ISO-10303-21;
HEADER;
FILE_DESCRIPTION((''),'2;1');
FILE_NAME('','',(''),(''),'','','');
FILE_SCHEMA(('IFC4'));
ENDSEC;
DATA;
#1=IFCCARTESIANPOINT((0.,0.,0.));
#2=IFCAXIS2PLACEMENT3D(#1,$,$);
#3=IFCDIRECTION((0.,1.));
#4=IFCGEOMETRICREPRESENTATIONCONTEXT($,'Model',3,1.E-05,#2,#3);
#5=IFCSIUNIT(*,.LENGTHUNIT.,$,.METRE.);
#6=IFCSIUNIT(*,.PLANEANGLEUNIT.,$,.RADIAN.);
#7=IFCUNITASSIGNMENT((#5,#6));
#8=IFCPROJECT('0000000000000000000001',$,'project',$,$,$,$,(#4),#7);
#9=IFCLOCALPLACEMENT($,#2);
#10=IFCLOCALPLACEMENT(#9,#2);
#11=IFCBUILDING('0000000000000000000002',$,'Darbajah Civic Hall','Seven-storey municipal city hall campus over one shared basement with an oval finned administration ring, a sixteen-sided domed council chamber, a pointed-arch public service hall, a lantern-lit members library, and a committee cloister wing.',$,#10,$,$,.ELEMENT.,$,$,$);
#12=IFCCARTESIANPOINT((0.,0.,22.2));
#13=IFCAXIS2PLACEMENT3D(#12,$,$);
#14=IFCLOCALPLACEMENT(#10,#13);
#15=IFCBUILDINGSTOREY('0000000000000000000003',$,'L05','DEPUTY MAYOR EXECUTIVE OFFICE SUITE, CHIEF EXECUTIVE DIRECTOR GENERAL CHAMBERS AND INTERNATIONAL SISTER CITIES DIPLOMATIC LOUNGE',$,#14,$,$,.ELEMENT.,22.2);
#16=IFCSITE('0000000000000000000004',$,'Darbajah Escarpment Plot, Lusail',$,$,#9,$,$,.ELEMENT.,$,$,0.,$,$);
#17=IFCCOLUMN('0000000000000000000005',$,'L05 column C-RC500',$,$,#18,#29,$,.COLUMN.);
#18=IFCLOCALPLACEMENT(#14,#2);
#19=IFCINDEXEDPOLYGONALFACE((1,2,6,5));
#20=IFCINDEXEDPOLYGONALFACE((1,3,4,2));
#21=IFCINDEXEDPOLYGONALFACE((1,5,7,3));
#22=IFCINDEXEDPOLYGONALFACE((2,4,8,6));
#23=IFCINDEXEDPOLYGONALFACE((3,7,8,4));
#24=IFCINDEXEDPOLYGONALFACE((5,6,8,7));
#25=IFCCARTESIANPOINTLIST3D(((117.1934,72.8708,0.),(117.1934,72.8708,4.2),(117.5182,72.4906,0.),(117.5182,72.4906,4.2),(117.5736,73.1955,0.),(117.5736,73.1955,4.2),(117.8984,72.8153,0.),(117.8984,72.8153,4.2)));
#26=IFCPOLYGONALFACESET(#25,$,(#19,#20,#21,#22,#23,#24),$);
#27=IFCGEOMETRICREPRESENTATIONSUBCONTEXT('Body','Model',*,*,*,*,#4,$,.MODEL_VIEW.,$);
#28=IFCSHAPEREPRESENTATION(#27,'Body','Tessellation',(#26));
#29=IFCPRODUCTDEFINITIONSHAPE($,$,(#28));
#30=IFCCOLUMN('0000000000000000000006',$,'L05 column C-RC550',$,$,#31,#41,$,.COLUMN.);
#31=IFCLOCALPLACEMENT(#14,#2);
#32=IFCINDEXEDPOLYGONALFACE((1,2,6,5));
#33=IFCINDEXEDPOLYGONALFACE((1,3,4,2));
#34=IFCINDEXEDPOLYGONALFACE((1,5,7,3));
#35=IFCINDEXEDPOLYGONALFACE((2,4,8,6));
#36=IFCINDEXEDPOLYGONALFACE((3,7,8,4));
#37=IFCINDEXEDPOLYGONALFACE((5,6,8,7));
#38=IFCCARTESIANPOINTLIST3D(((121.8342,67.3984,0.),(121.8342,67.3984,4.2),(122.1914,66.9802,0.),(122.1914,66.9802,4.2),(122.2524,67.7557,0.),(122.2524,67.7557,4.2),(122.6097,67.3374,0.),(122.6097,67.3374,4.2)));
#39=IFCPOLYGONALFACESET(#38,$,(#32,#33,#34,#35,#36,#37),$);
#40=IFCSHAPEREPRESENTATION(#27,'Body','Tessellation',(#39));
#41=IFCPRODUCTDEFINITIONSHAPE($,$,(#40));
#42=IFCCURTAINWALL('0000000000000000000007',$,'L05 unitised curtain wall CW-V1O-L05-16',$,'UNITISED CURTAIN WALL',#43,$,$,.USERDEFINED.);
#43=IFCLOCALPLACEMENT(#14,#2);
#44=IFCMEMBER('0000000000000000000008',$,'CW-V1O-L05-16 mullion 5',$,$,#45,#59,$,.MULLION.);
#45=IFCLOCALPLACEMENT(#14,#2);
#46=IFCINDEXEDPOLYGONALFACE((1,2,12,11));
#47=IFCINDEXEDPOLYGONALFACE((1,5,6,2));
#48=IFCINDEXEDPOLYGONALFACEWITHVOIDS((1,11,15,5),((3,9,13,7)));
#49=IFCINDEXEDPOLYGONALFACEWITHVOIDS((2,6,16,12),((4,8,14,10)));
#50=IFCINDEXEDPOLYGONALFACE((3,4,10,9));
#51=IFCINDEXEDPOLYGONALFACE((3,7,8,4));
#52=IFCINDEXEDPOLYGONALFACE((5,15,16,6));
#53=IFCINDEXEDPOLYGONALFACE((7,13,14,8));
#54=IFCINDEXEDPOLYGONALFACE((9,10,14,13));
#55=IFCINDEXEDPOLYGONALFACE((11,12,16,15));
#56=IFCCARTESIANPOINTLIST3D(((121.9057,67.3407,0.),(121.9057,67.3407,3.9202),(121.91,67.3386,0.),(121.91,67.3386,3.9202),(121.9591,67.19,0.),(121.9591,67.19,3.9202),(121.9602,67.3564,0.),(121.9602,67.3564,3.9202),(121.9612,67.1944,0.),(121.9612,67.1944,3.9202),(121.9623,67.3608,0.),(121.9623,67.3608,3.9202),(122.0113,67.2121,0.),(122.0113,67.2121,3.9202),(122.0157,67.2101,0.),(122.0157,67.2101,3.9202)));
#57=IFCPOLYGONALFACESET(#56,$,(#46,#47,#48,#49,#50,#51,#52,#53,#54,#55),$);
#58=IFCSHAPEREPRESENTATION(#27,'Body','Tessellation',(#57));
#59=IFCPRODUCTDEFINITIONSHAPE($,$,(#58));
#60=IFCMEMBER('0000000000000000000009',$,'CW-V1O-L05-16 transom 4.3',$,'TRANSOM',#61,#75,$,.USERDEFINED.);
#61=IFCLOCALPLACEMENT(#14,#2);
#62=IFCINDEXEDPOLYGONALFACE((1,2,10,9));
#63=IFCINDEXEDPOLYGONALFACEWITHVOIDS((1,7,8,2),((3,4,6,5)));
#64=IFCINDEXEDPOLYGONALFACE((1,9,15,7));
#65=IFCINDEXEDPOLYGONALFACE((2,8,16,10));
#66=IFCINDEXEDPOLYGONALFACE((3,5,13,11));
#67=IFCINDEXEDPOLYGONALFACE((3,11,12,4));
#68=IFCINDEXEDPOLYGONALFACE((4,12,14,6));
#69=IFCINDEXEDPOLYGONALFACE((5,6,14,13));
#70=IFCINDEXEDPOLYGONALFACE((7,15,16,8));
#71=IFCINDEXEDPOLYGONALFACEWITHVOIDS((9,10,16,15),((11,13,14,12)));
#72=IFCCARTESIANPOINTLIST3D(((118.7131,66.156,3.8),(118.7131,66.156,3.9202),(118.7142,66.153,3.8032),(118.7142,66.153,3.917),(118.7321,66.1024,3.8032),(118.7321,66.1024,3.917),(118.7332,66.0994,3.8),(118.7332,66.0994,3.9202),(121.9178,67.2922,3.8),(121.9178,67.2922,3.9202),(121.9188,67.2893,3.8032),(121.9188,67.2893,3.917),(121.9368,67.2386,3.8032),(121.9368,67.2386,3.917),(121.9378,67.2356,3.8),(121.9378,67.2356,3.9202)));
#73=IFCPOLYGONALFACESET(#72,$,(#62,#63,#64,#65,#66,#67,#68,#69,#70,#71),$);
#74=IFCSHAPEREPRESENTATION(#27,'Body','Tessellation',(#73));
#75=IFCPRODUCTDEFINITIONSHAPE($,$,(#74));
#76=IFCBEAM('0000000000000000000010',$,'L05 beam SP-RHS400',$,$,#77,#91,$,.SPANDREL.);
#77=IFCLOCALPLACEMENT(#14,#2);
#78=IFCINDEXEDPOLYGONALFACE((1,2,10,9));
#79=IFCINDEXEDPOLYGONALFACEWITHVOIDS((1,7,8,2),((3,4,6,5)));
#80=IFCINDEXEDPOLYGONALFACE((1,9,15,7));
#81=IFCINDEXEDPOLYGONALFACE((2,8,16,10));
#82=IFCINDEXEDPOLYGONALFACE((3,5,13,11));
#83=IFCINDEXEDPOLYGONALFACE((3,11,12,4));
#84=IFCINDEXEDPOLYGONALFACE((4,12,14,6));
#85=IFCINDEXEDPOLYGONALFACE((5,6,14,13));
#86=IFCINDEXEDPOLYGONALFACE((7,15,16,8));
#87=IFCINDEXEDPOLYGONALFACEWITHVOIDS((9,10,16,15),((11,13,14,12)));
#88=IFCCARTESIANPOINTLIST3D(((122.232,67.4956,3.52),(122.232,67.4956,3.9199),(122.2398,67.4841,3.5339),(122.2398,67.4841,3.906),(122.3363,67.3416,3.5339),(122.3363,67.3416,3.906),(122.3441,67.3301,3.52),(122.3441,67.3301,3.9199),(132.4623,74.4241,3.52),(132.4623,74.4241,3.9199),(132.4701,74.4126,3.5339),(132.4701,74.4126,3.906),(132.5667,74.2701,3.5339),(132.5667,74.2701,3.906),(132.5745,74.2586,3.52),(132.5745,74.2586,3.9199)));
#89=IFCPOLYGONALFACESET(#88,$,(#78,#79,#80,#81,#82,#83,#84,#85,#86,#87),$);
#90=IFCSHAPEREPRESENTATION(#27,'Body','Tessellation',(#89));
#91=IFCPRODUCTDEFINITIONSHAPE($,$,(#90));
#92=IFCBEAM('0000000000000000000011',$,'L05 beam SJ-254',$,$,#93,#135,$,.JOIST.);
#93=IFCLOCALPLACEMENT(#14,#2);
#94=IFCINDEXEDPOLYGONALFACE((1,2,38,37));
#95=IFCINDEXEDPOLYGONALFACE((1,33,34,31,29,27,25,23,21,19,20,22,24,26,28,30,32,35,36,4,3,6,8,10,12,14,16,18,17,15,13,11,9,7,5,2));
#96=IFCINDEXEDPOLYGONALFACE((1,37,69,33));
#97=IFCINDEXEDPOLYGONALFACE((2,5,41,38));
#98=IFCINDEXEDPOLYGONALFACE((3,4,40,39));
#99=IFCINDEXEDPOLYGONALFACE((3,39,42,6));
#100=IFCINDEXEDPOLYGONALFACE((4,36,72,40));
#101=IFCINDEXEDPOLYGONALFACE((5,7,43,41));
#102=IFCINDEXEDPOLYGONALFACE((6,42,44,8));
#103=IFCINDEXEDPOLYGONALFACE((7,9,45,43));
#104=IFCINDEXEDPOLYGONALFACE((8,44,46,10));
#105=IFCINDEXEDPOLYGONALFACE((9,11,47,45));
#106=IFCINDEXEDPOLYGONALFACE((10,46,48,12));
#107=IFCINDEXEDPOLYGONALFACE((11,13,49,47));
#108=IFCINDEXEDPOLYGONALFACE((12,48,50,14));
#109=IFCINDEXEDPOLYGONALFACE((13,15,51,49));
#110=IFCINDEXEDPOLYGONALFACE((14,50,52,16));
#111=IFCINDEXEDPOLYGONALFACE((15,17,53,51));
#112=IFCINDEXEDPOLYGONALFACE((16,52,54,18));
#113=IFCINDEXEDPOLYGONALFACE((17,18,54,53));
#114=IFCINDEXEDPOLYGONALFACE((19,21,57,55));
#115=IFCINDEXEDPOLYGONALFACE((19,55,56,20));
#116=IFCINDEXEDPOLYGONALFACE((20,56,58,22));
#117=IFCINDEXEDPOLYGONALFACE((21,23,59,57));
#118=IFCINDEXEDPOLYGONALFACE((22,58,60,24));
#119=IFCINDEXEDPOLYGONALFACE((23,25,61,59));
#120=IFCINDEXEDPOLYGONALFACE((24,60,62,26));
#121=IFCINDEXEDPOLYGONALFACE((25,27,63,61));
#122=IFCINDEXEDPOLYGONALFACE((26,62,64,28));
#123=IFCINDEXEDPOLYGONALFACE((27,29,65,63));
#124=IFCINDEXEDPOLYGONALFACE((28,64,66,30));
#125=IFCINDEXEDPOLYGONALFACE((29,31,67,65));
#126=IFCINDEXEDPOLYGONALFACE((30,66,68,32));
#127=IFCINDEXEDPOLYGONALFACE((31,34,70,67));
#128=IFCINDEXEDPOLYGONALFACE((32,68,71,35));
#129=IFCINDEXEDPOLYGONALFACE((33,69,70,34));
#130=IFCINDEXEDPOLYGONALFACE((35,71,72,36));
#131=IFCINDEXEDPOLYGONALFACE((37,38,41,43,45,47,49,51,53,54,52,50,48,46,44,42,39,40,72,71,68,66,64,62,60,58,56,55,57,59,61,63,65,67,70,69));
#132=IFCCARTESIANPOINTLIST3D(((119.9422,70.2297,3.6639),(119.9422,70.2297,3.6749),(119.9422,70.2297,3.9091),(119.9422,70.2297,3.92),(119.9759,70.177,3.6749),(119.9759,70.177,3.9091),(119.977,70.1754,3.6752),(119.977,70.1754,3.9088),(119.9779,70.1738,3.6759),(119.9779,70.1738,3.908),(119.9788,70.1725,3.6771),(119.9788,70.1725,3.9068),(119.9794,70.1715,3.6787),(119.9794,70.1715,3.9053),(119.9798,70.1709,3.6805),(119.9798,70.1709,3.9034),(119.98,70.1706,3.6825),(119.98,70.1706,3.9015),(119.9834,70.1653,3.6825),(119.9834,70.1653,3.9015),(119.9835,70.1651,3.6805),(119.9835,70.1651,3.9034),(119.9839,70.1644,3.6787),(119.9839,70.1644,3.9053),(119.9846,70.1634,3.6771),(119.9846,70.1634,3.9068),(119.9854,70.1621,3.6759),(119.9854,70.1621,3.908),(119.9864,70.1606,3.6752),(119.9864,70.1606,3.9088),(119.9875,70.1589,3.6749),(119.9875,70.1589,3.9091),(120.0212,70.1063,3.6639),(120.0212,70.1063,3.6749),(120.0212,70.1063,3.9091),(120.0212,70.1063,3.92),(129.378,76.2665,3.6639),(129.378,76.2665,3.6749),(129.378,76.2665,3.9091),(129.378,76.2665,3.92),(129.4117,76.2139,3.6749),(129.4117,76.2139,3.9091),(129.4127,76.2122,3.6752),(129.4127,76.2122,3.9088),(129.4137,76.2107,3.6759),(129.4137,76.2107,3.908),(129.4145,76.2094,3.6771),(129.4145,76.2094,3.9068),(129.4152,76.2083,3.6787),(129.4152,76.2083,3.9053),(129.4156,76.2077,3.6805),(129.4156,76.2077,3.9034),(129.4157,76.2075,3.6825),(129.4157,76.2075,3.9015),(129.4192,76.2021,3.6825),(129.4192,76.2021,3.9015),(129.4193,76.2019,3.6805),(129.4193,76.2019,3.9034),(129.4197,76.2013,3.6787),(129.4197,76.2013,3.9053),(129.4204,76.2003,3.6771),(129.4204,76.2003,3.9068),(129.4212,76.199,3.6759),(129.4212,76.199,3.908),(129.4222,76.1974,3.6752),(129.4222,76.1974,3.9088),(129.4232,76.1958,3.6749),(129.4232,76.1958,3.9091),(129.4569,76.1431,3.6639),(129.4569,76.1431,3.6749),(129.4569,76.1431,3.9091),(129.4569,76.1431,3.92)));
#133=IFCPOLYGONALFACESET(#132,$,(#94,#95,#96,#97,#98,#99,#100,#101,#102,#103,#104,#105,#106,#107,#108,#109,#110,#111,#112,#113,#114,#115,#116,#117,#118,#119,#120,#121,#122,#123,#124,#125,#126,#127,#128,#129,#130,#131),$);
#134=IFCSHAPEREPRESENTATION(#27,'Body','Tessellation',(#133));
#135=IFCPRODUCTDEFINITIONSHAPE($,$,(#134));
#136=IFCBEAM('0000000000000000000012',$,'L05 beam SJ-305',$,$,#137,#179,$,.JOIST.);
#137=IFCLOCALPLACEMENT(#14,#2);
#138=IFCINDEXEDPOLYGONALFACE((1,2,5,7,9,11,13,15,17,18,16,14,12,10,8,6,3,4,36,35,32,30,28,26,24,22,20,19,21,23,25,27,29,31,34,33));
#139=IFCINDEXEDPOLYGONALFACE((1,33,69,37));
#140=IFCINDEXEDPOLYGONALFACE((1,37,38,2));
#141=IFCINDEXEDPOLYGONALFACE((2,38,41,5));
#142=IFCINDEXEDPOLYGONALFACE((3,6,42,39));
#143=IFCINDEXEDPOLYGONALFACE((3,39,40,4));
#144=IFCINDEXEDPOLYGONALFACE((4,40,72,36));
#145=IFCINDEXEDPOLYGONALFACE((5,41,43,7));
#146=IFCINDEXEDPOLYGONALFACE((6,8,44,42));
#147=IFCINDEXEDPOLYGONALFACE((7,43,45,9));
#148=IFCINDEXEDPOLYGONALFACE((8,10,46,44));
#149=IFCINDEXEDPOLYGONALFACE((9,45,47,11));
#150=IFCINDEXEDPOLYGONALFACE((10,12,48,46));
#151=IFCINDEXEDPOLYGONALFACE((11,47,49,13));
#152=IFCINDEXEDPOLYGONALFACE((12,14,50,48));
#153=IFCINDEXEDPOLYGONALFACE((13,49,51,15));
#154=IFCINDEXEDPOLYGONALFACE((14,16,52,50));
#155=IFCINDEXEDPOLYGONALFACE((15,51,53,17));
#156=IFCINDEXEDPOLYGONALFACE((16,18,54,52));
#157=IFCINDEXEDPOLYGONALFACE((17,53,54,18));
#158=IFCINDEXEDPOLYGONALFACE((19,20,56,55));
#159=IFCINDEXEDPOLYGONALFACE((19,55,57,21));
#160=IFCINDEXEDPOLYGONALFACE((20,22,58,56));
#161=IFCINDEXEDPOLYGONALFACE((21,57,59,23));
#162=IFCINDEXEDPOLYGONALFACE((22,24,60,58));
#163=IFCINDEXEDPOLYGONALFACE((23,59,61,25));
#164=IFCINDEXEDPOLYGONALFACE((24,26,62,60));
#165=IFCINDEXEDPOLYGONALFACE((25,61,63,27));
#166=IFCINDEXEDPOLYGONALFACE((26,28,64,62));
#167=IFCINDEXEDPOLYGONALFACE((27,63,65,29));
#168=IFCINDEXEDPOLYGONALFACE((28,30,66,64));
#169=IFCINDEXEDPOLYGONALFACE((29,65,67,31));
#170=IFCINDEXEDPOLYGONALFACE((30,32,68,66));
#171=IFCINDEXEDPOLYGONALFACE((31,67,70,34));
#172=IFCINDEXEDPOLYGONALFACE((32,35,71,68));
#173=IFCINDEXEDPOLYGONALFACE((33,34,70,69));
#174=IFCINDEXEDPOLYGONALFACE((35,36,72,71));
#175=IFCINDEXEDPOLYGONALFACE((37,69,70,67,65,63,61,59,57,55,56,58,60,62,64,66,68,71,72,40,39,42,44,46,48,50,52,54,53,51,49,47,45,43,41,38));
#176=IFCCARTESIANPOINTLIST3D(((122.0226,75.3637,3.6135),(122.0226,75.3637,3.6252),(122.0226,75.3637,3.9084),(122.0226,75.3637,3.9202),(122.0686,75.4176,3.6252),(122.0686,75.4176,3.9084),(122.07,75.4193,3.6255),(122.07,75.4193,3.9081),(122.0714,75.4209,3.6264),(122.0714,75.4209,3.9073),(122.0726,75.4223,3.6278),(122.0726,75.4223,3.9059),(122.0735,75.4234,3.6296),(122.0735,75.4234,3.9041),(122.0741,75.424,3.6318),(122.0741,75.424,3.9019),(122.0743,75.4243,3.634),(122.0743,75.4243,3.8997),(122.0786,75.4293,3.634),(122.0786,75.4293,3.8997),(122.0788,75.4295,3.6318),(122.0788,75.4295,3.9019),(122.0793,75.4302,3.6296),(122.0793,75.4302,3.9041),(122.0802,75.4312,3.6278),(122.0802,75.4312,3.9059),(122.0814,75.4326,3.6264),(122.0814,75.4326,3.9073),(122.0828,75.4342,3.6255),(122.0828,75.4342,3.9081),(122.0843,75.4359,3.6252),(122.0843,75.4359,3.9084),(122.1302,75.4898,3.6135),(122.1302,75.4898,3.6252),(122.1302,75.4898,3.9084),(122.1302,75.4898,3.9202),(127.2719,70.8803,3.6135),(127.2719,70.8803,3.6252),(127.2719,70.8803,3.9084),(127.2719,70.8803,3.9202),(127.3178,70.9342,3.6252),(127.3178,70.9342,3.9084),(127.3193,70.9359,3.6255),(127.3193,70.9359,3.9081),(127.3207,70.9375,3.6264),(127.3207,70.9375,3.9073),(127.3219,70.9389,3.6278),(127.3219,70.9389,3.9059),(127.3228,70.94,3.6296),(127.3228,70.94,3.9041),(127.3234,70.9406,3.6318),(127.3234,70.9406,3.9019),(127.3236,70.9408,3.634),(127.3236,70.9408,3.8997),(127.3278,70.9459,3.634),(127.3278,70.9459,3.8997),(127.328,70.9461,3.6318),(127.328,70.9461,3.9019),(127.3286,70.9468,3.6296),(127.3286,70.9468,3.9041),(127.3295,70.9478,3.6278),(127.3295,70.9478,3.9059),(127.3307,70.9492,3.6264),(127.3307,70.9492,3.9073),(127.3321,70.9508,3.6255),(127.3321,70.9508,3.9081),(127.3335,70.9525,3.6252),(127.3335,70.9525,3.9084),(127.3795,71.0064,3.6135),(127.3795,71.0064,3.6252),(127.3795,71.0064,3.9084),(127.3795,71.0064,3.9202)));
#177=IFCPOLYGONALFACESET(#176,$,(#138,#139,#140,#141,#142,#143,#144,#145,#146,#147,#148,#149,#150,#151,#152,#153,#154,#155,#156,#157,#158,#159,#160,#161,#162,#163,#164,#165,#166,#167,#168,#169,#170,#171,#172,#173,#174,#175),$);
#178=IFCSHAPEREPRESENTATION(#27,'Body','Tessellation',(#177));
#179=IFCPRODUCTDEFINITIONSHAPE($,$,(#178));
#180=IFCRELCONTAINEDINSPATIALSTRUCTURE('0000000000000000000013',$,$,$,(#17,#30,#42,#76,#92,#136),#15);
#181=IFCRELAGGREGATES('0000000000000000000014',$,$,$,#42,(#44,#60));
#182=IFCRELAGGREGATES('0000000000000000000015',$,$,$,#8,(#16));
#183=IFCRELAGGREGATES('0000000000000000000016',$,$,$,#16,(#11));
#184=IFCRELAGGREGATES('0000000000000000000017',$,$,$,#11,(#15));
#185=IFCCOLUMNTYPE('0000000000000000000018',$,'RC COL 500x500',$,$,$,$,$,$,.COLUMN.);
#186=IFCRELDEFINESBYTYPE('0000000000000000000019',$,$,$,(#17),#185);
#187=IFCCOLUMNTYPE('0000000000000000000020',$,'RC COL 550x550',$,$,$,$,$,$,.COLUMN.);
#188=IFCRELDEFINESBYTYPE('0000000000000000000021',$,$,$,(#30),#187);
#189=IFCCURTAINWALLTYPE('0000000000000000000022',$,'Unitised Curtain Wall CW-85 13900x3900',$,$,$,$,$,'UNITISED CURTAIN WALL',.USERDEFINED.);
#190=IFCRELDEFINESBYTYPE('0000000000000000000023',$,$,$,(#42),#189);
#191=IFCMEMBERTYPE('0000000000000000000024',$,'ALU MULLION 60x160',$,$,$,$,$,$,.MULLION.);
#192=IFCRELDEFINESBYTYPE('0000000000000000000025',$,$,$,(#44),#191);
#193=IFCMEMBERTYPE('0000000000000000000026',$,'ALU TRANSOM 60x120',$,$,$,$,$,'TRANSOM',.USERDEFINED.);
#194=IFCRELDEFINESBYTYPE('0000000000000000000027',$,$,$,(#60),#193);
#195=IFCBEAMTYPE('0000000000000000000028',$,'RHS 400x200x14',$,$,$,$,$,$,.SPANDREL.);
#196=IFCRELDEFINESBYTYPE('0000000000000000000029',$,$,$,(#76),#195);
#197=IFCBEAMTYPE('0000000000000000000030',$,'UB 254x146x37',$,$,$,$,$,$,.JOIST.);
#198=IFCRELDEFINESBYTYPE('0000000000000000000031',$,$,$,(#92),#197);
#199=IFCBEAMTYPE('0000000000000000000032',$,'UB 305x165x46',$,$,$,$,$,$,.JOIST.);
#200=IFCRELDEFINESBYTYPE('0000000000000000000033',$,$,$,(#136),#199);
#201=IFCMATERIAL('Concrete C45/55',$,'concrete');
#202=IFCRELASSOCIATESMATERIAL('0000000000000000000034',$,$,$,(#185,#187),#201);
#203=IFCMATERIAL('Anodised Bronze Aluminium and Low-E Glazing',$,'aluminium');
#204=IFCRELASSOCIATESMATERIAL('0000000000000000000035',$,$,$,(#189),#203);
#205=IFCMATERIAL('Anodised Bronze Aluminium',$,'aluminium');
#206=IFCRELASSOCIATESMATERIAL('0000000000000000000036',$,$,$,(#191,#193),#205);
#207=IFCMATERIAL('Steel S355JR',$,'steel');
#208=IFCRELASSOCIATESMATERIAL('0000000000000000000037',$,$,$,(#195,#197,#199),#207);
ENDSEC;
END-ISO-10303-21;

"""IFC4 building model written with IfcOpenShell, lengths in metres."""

from ifc_helpers import new_model, si_unit, direction, frame, origin, origin_2d, place, context, subcontext, project, spatial, rectangle, hollow_rectangle, i_section, extrude, material, material_profile, profile_set, type_object, element, aggregate, save


model = new_model("IFC4")

# Units and contexts
model_context = context("Model", 3, precision=1e-05, world=origin(), true_north=direction((0.0, 1.0)))
body_context = subcontext(model_context, "Body", "Model", "MODEL_VIEW")
ifc_project = project(units=[si_unit("LENGTHUNIT", "METRE"), si_unit("PLANEANGLEUNIT", "RADIAN")], contexts=[model_context])

# Site, building, storey
site_placement = place(None, origin())
site = spatial("IfcSite", under=ifc_project, at=site_placement, Name="Darbajah Escarpment Plot, Lusail", CompositionType="ELEMENT", RefElevation=0.0)
building_placement = place(site_placement, origin())
building = spatial("IfcBuilding", under=site, at=building_placement, Name="Darbajah Civic Hall", Description="Seven-storey municipal city hall campus over one shared basement with an oval finned administration ring, a sixteen-sided domed council chamber, a pointed-arch public service hall, a lantern-lit members library, and a committee cloister wing.", CompositionType="ELEMENT")
storey_placement = place(building_placement, frame((0.0, 0.0, 22.2)))
storey = spatial("IfcBuildingStorey", under=building, at=storey_placement, Name="L05", Description="DEPUTY MAYOR EXECUTIVE OFFICE SUITE, CHIEF EXECUTIVE DIRECTOR GENERAL CHAMBERS AND INTERNATIONAL SISTER CITIES DIPLOMATIC LOUNGE", CompositionType="ELEMENT", Elevation=22.2)

# Columns
ifc_material_1 = material(Name="Concrete C45/55", Category="concrete")
ifc_material_profile_1 = material_profile(ifc_material_1, rectangle(XDim=0.5, YDim=0.5, at=origin_2d()), Name="RC COL 500x500")
ifc_profile_set_1 = profile_set([ifc_material_profile_1], Name="Concrete C45/55")
column_type_1 = type_object("IfcColumnType", Name="RC COL 500x500", PredefinedType="COLUMN", material=ifc_profile_set_1)
column_1_placement = place(storey_placement, frame((117.5459, 72.843, 0.0), z_axis=(0.0, 0.0, 1.0), x_axis=(0.649448, -0.760406, 0.0)))
element("IfcColumn", 1, at=column_1_placement, inside=storey, type_object=column_type_1, Name="L05 column C-RC500", PredefinedType="COLUMN", context=body_context, shape_type="SweptSolid", body=[
    extrude(rectangle(XDim=0.5, YDim=0.5, at=origin_2d()), origin(), (0.0, 0.0, 1.0), 4.2),
])
ifc_material_profile_2 = material_profile(ifc_material_1, rectangle(XDim=0.55, YDim=0.55, at=origin_2d()), Name="RC COL 550x550")
ifc_profile_set_2 = profile_set([ifc_material_profile_2], Name="Concrete C45/55")
column_type_2 = type_object("IfcColumnType", Name="RC COL 550x550", PredefinedType="COLUMN", material=ifc_profile_set_2)
column_2_placement = place(storey_placement, frame((122.2219, 67.3679, 0.0), z_axis=(0.0, 0.0, 1.0), x_axis=(0.649448, -0.760406, 0.0)))
element("IfcColumn", 2, at=column_2_placement, inside=storey, type_object=column_type_2, Name="L05 column C-RC550", PredefinedType="COLUMN", context=body_context, shape_type="SweptSolid", body=[
    extrude(rectangle(XDim=0.55, YDim=0.55, at=origin_2d()), origin(), (0.0, 0.0, 1.0), 4.2),
])

# Curtain wall, members
ifc_material_2 = material(Name="Anodised Bronze Aluminium and Low-E Glazing", Category="aluminium")
curtain_wall_type = type_object("IfcCurtainWallType", Name="Unitised Curtain Wall CW-85 13900x3900", ElementType="UNITISED CURTAIN WALL", PredefinedType="USERDEFINED", material=ifc_material_2)
curtain_wall_placement = place(storey_placement, origin())
curtain_wall = element("IfcCurtainWall", 3, at=curtain_wall_placement, inside=storey, type_object=curtain_wall_type, Name="L05 unitised curtain wall CW-V1O-L05-16", ObjectType="UNITISED CURTAIN WALL", PredefinedType="USERDEFINED")
ifc_material_3 = material(Name="Anodised Bronze Aluminium", Category="aluminium")
ifc_material_profile_3 = material_profile(ifc_material_3, hollow_rectangle(XDim=0.0601, YDim=0.1599, WallThickness=0.0034, at=origin_2d()), Name="ALU MULLION 60x160")
ifc_profile_set_3 = profile_set([ifc_material_profile_3], Name="Anodised Bronze Aluminium")
member_type_1 = type_object("IfcMemberType", Name="ALU MULLION 60x160", PredefinedType="MULLION", material=ifc_profile_set_3)
member_1_placement = place(storey_placement, frame((121.9607, 67.2754, 0.0), z_axis=(0.0, 0.0, 1.0), x_axis=(0.942525, 0.334136, 0.0)))
member_1 = element("IfcMember", 4, at=member_1_placement, type_object=member_type_1, Name="CW-V1O-L05-16 mullion 5", PredefinedType="MULLION", context=body_context, shape_type="SweptSolid", body=[
    extrude(hollow_rectangle(XDim=0.0601, YDim=0.1599, WallThickness=0.0034, at=origin_2d()), origin(), (0.0, 0.0, 1.0), 3.9202),
])
ifc_material_profile_4 = material_profile(ifc_material_3, hollow_rectangle(XDim=0.0601, YDim=0.1201, WallThickness=0.0032, at=origin_2d()), Name="ALU TRANSOM 60x120")
ifc_profile_set_4 = profile_set([ifc_material_profile_4], Name="Anodised Bronze Aluminium")
member_type_2 = type_object("IfcMemberType", Name="ALU TRANSOM 60x120", ElementType="TRANSOM", PredefinedType="USERDEFINED", material=ifc_profile_set_4)
member_2_placement = place(storey_placement, frame((118.7231, 66.1277, 3.8601), z_axis=(0.942509, 0.334179, 0.0), x_axis=(-0.334179, 0.942509, 0.0)))
member_2 = element("IfcMember", 5, at=member_2_placement, type_object=member_type_2, Name="CW-V1O-L05-16 transom 4.3", ObjectType="TRANSOM", PredefinedType="USERDEFINED", context=body_context, shape_type="SweptSolid", body=[
    extrude(hollow_rectangle(XDim=0.0601, YDim=0.1201, WallThickness=0.0032, at=origin_2d()), origin(), (0.0, 0.0, 1.0), 3.4001),
])

# Beams
ifc_material_4 = material(Name="Steel S355JR", Category="steel")
ifc_material_profile_5 = material_profile(ifc_material_4, hollow_rectangle(XDim=0.2, YDim=0.3999, WallThickness=0.0139, at=origin_2d()), Name="RHS 400x200x14")
ifc_profile_set_5 = profile_set([ifc_material_profile_5], Name="Steel S355JR")
beam_type_1 = type_object("IfcBeamType", Name="RHS 400x200x14", PredefinedType="SPANDREL", material=ifc_profile_set_5)
beam_1_placement = place(storey_placement, frame((122.2881, 67.4128, 3.72), z_axis=(0.827982, 0.560755, 0.0), x_axis=(-0.560755, 0.827982, 0.0)))
element("IfcBeam", 6, at=beam_1_placement, inside=storey, type_object=beam_type_1, Name="L05 beam SP-RHS400", PredefinedType="SPANDREL", context=body_context, shape_type="SweptSolid", body=[
    extrude(hollow_rectangle(XDim=0.2, YDim=0.3999, WallThickness=0.0139, at=origin_2d()), origin(), (0.0, 0.0, 1.0), 12.3557),
])
ifc_material_profile_6 = material_profile(ifc_material_4, i_section(OverallWidth=0.1465, OverallDepth=0.2561, WebThickness=0.0063, FlangeThickness=0.011, FilletRadius=0.0076, at=origin_2d()), Name="UB 254x146x37")
ifc_profile_set_6 = profile_set([ifc_material_profile_6], Name="Steel S355JR")
beam_type_2 = type_object("IfcBeamType", Name="UB 254x146x37", PredefinedType="JOIST", material=ifc_profile_set_6)
beam_2_placement = place(storey_placement, frame((119.9817, 70.168, 3.792), z_axis=(0.842354, 0.538924, 0.0), x_axis=(-0.538924, 0.842354, 0.0)))
element("IfcBeam", 7, at=beam_2_placement, inside=storey, type_object=beam_type_2, Name="L05 beam SJ-254", PredefinedType="JOIST", context=body_context, shape_type="SweptSolid", body=[
    extrude(i_section(OverallWidth=0.1465, OverallDepth=0.2561, WebThickness=0.0063, FlangeThickness=0.011, FilletRadius=0.0076, at=origin_2d()), origin(), (0.0, 0.0, 1.0), 11.2017),
])
ifc_material_profile_7 = material_profile(ifc_material_4, i_section(OverallWidth=0.1658, OverallDepth=0.3066, WebThickness=0.0066, FlangeThickness=0.0117, FilletRadius=0.0088, at=origin_2d()), Name="UB 305x165x46")
ifc_profile_set_7 = profile_set([ifc_material_profile_7], Name="Steel S355JR")
beam_type_3 = type_object("IfcBeamType", Name="UB 305x165x46", PredefinedType="JOIST", material=ifc_profile_set_7)
beam_3_placement = place(storey_placement, frame((122.0764, 75.4268, 3.7668), z_axis=(0.760399, -0.649456, 0.0), x_axis=(0.649456, 0.760399, 0.0)))
element("IfcBeam", 8, at=beam_3_placement, inside=storey, type_object=beam_type_3, Name="L05 beam SJ-305", PredefinedType="JOIST", context=body_context, shape_type="SweptSolid", body=[
    extrude(i_section(OverallWidth=0.1658, OverallDepth=0.3066, WebThickness=0.0066, FlangeThickness=0.0117, FilletRadius=0.0088, at=origin_2d()), origin(), (0.0, 0.0, 1.0), 6.9033),
])

aggregate(curtain_wall, [member_1, member_2])

save(model, "model.ifc")
